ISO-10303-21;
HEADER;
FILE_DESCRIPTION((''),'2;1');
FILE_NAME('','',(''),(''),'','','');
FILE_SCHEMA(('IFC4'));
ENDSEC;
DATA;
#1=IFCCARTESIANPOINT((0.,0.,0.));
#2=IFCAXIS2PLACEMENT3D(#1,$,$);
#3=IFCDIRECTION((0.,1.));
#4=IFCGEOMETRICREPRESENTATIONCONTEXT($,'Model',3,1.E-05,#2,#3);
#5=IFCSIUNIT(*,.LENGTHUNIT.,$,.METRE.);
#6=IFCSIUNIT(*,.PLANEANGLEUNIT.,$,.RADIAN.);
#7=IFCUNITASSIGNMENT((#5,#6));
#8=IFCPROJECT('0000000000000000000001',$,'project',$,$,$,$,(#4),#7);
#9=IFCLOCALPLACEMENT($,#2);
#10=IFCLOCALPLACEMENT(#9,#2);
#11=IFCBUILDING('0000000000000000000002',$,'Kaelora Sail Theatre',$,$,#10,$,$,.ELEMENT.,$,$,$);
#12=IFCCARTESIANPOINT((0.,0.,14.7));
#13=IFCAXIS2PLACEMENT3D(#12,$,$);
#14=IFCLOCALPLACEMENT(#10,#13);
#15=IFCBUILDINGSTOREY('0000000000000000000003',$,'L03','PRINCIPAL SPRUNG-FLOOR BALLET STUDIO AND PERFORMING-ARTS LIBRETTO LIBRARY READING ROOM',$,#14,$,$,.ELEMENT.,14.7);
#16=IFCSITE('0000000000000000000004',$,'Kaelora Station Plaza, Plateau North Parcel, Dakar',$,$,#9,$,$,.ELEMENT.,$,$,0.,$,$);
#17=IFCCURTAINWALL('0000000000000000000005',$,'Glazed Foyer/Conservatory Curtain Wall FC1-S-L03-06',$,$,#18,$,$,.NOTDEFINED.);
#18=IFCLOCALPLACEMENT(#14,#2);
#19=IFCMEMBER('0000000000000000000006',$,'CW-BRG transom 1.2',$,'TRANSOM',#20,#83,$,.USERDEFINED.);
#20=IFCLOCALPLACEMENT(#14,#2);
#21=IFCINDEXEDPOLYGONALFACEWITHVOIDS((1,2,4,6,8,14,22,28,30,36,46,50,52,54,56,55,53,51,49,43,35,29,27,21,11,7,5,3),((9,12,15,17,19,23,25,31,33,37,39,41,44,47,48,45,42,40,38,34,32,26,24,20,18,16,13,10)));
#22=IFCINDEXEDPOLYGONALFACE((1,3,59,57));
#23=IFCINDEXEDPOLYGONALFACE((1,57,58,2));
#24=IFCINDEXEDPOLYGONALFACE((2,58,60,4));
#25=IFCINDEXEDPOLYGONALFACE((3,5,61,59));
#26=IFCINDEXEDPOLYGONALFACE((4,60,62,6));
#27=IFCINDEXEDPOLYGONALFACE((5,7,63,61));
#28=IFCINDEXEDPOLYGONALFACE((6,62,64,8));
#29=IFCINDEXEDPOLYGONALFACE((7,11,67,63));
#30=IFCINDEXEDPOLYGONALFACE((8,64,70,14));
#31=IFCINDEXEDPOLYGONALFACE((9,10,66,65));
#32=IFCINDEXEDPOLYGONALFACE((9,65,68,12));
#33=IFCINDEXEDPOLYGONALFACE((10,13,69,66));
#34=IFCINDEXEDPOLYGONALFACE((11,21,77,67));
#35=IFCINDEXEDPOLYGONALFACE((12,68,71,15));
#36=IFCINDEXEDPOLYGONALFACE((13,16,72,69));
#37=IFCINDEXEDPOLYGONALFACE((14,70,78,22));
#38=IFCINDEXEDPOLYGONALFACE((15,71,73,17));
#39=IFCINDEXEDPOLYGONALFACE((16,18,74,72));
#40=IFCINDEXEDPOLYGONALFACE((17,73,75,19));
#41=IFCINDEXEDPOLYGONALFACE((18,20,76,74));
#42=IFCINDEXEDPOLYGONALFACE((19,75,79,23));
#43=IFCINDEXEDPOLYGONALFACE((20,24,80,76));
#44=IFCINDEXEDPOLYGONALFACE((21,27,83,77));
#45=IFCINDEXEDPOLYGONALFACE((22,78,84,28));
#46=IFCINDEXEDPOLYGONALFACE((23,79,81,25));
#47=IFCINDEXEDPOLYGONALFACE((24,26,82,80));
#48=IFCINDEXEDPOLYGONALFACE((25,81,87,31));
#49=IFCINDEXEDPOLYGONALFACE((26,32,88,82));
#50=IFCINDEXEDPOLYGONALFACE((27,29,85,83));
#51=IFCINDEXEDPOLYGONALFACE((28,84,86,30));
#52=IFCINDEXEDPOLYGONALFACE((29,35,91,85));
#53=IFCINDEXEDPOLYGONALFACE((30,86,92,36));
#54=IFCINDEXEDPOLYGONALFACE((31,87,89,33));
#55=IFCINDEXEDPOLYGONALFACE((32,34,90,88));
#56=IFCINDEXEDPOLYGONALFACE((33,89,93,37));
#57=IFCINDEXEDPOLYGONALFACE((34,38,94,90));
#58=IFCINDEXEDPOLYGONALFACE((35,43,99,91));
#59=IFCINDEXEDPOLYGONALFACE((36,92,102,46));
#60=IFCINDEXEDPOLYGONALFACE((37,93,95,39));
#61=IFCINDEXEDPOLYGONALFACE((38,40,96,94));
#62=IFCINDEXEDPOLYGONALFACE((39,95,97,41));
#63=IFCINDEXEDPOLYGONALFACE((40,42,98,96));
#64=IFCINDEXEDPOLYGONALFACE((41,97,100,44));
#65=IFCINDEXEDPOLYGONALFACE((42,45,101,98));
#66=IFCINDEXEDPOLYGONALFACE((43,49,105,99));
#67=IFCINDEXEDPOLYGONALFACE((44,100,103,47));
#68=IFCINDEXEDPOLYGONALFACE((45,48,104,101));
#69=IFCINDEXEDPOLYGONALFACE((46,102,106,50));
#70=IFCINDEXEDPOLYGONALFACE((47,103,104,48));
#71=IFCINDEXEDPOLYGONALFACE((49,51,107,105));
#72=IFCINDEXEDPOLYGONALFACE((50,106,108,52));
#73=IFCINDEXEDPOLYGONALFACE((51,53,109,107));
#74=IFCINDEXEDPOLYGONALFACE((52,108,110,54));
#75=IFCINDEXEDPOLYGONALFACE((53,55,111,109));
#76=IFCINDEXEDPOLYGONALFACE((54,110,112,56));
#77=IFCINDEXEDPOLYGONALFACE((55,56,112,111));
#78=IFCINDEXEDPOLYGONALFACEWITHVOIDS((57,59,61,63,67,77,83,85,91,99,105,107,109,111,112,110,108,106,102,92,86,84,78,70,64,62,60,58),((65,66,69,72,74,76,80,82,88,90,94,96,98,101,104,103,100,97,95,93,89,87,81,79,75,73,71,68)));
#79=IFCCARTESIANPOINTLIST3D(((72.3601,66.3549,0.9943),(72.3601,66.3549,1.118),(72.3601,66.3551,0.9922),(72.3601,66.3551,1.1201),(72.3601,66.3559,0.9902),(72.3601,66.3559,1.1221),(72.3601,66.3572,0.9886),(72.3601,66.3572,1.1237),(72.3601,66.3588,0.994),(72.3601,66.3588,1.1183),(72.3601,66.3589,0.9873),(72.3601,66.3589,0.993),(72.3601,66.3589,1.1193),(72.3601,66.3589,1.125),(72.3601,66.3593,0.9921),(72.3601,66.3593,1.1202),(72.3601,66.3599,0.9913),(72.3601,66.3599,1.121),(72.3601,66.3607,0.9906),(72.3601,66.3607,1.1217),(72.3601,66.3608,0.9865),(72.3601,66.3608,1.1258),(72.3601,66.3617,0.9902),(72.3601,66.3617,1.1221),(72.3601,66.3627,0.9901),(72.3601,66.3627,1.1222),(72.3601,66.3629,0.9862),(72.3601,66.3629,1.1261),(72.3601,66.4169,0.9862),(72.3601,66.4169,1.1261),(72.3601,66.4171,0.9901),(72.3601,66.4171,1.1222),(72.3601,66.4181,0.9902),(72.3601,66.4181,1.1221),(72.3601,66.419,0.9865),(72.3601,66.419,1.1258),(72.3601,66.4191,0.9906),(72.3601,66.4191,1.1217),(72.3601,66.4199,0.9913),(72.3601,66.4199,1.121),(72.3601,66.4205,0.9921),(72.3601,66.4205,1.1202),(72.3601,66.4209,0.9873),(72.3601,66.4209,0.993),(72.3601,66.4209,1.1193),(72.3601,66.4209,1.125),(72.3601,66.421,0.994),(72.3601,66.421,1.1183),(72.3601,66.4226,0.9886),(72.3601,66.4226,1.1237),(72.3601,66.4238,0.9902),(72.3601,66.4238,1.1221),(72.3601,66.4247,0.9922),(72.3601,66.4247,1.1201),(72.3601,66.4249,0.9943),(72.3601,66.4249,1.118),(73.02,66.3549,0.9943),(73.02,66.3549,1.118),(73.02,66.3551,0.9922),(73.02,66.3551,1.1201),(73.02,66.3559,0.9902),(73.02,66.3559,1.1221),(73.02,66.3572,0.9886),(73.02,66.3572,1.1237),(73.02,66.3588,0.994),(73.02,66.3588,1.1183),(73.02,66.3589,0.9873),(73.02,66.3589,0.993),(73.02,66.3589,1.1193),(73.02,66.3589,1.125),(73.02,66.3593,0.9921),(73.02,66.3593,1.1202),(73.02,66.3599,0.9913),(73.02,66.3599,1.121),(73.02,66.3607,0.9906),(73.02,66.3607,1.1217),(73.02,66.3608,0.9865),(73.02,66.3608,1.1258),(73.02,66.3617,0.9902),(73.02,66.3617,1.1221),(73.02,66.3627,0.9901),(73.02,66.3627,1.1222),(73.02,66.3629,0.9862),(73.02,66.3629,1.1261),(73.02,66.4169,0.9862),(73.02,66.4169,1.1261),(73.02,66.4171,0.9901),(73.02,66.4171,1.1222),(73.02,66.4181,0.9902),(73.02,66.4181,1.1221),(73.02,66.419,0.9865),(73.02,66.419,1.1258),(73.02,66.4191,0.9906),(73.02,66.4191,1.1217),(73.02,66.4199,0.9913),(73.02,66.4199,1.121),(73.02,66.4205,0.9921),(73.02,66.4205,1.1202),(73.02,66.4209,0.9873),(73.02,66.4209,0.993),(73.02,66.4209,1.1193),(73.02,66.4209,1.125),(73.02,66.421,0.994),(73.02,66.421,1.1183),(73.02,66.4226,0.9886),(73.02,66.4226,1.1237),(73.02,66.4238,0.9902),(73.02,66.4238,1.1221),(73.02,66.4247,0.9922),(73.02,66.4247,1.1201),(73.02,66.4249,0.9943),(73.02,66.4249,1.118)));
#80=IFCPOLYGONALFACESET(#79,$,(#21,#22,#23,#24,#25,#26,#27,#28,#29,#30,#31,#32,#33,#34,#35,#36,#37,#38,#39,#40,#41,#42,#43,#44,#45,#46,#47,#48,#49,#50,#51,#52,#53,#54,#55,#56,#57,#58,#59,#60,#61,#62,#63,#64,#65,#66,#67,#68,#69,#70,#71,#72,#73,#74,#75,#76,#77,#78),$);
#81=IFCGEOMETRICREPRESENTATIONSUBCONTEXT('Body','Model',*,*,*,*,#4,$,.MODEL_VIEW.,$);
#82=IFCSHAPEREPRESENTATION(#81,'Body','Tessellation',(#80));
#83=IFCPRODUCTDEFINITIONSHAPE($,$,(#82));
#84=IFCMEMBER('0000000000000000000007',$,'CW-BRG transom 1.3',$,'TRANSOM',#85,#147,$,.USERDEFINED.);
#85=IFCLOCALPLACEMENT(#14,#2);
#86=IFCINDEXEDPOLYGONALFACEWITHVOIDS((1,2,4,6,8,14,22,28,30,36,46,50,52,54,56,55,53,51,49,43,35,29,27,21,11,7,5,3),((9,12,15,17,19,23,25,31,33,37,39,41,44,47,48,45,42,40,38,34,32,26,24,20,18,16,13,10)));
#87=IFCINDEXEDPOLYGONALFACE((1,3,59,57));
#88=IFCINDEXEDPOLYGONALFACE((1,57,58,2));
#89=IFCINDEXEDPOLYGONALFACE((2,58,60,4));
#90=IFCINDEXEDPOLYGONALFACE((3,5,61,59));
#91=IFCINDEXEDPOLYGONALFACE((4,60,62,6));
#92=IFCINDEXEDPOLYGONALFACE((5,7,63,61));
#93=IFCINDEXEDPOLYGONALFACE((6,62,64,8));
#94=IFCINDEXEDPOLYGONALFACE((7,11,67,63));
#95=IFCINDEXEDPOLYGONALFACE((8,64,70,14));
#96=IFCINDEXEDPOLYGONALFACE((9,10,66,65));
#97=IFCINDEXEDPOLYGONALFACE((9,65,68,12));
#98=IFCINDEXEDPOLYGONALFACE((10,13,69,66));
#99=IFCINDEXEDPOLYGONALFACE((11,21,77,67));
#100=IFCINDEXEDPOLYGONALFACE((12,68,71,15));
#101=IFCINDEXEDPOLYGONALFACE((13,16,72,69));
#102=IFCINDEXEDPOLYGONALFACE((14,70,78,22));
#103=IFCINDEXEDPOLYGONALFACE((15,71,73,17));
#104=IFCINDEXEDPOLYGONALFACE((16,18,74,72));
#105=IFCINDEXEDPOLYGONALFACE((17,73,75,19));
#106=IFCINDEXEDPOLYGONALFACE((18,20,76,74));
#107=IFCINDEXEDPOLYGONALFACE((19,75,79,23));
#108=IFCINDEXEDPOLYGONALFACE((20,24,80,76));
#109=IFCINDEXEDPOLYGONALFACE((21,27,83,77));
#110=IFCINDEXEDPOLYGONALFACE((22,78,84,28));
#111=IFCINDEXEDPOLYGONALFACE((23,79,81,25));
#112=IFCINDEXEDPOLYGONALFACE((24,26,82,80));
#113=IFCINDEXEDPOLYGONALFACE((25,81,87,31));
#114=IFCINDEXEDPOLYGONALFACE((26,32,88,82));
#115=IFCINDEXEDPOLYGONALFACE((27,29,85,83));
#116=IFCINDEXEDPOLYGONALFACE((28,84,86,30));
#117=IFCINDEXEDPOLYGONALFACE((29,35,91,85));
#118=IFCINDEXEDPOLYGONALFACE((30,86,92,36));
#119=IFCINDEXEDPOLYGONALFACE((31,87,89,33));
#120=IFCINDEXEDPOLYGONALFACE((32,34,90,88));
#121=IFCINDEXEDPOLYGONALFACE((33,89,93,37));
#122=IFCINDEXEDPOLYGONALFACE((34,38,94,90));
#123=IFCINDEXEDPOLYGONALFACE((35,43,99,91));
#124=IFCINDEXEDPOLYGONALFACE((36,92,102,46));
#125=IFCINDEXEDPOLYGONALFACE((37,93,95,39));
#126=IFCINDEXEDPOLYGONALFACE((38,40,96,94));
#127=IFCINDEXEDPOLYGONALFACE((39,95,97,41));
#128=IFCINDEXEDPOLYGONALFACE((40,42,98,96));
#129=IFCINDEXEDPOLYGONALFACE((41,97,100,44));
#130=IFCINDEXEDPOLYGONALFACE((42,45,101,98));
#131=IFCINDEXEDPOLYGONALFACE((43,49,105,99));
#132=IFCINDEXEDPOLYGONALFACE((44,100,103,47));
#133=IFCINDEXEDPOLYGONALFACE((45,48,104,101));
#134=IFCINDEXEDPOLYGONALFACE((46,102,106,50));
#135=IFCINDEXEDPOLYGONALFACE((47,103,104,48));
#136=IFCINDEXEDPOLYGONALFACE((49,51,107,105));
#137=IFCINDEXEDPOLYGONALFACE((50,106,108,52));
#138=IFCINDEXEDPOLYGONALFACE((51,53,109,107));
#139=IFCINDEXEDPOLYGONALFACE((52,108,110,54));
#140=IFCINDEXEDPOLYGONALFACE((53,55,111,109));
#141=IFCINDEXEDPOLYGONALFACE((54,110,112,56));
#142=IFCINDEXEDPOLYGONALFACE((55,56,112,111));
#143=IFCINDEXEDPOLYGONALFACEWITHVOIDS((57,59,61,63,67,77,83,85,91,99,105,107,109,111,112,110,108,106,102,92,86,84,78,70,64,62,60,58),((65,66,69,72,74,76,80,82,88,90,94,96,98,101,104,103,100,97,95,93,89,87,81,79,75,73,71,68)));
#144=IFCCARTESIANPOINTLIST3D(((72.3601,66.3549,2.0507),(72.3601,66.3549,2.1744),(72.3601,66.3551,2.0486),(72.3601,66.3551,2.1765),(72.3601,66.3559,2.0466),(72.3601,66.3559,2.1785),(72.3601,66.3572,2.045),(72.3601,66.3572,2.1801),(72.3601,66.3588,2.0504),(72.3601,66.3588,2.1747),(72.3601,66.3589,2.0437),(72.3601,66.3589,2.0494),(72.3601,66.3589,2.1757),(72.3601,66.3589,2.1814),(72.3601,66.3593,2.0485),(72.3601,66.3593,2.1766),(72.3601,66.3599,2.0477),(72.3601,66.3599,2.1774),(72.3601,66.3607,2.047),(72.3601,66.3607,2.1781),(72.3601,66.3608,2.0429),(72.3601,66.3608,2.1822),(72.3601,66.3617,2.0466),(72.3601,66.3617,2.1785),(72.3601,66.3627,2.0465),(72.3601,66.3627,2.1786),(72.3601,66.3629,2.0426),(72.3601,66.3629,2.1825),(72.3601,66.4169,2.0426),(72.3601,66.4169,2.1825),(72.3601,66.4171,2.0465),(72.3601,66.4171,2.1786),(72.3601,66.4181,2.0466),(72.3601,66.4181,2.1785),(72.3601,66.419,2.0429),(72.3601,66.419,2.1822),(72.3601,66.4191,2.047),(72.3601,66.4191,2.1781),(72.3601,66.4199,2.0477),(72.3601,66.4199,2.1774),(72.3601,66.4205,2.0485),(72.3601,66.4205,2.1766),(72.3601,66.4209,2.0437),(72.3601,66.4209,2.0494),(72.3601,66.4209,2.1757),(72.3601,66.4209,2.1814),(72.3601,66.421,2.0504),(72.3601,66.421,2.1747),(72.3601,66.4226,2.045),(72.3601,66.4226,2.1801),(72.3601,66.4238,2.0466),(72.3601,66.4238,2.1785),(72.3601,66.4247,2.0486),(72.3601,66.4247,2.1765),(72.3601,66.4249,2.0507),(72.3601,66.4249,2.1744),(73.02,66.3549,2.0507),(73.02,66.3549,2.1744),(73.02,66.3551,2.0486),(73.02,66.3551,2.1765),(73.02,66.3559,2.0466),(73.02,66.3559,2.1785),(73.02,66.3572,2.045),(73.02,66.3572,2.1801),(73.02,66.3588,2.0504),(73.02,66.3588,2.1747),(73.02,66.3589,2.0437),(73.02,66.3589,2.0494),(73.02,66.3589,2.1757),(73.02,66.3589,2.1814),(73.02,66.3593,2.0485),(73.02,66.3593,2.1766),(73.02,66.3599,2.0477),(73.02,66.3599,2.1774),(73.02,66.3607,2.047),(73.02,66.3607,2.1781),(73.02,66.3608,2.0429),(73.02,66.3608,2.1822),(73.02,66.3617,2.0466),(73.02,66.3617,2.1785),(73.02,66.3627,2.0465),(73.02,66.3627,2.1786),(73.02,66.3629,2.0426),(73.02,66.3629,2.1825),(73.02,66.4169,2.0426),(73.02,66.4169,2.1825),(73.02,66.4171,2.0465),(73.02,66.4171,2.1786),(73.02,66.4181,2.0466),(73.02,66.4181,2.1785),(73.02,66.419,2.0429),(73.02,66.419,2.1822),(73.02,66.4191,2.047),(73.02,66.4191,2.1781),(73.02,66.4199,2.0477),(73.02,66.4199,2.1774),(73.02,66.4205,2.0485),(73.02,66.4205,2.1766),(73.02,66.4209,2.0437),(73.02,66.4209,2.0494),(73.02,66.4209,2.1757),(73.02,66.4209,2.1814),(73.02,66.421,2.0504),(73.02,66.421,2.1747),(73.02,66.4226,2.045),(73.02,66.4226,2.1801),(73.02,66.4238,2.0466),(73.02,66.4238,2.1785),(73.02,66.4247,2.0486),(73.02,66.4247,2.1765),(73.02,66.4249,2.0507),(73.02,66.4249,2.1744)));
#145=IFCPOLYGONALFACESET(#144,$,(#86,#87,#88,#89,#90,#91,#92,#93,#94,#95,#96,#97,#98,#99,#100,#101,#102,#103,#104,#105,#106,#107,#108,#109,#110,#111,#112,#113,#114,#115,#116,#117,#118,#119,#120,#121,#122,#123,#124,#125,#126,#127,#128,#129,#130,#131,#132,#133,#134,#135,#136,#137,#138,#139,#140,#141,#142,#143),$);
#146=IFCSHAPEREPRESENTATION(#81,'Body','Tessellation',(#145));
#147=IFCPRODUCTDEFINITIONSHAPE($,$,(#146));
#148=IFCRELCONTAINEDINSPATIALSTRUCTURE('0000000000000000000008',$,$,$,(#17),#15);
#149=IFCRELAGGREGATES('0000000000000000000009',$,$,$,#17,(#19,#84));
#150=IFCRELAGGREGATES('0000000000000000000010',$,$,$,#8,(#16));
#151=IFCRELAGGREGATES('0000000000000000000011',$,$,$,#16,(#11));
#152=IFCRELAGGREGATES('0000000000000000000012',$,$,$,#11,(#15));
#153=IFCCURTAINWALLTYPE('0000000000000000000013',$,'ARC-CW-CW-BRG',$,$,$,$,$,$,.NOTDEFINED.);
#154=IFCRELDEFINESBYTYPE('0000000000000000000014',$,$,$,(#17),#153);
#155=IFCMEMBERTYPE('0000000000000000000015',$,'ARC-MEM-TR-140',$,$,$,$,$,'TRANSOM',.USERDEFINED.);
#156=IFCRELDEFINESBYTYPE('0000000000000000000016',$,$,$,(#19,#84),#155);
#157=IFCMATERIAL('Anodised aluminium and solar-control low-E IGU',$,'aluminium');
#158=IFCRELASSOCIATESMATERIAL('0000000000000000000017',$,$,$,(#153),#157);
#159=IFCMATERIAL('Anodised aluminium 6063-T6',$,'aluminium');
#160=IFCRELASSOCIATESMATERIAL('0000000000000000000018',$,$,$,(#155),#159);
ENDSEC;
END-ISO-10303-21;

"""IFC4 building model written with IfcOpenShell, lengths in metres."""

from ifc_helpers import new_model, si_unit, direction, frame, origin, origin_2d, place, context, subcontext, project, spatial, hollow_rectangle, extrude, material, material_profile, profile_set, type_object, element, aggregate, save


model = new_model("IFC4")

# Units and contexts
model_context = context("Model", 3, precision=1e-05, world=origin(), true_north=direction((0.0, 1.0)))
body_context = subcontext(model_context, "Body", "Model", "MODEL_VIEW")
ifc_project = project(units=[si_unit("LENGTHUNIT", "METRE"), si_unit("PLANEANGLEUNIT", "RADIAN")], contexts=[model_context])

# Site, building, storey
site_placement = place(None, origin())
site = spatial("IfcSite", under=ifc_project, at=site_placement, Name="Kaelora Station Plaza, Plateau North Parcel, Dakar", CompositionType="ELEMENT", RefElevation=0.0)
building_placement = place(site_placement, origin())
building = spatial("IfcBuilding", under=site, at=building_placement, Name="Kaelora Sail Theatre", CompositionType="ELEMENT")
storey_placement = place(building_placement, frame((0.0, 0.0, 14.7)))
storey = spatial("IfcBuildingStorey", under=building, at=storey_placement, Name="L03", Description="PRINCIPAL SPRUNG-FLOOR BALLET STUDIO AND PERFORMING-ARTS LIBRETTO LIBRARY READING ROOM", CompositionType="ELEMENT", Elevation=14.7)

# Shared definitions
ifc_material_1 = material(Name="Anodised aluminium and solar-control low-E IGU", Category="aluminium")
curtain_wall_type = type_object("IfcCurtainWallType", Name="ARC-CW-CW-BRG", PredefinedType="NOTDEFINED", material=ifc_material_1)

# Curtain wall
curtain_wall_1_placement = place(storey_placement, origin())
curtain_wall_1 = element("IfcCurtainWall", 1, at=curtain_wall_1_placement, inside=storey, type_object=curtain_wall_type, Name="Glazed Foyer/Conservatory Curtain Wall FC1-S-L03-06", PredefinedType="NOTDEFINED")

# Members
ifc_material_2 = material(Name="Anodised aluminium 6063-T6", Category="aluminium")
ifc_material_profile_1 = material_profile(ifc_material_2, hollow_rectangle(XDim=0.0701, YDim=0.1399, WallThickness=0.0039, InnerFilletRadius=0.0039, OuterFilletRadius=0.0081, at=origin_2d()), Name="ALU-TRAN 70x140x4")
ifc_profile_set_1 = profile_set([ifc_material_profile_1], Name="Anodised aluminium 6063-T6")
member_type_1 = type_object("IfcMemberType", Name="ARC-MEM-TR-140", ElementType="TRANSOM", PredefinedType="USERDEFINED", material=ifc_profile_set_1)
member_1_placement = place(storey_placement, frame((72.3601, 66.3899, 1.0562), z_axis=(1.0, 0.0, 0.0), x_axis=(0.0, 1.0, 0.0)))
member_1 = element("IfcMember", 2, at=member_1_placement, type_object=member_type_1, Name="CW-BRG transom 1.2", ObjectType="TRANSOM", PredefinedType="USERDEFINED", context=body_context, shape_type="SweptSolid", body=[
    extrude(hollow_rectangle(XDim=0.0701, YDim=0.1399, WallThickness=0.0039, InnerFilletRadius=0.0039, OuterFilletRadius=0.0081, at=origin_2d()), origin(), (0.0, 0.0, 1.0), 0.6599),
])
member_2_placement = place(storey_placement, frame((72.3601, 66.3899, 2.1125), z_axis=(1.0, 0.0, 0.0), x_axis=(0.0, 1.0, 0.0)))
member_2 = element("IfcMember", 3, at=member_2_placement, type_object=member_type_1, Name="CW-BRG transom 1.3", ObjectType="TRANSOM", PredefinedType="USERDEFINED", context=body_context, shape_type="SweptSolid", body=[
    extrude(hollow_rectangle(XDim=0.0701, YDim=0.1399, WallThickness=0.0039, InnerFilletRadius=0.0039, OuterFilletRadius=0.0081, at=origin_2d()), origin(), (0.0, 0.0, 1.0), 0.6599),
])
aggregate(curtain_wall_1, [member_1, member_2])

save(model, "model.ifc")
